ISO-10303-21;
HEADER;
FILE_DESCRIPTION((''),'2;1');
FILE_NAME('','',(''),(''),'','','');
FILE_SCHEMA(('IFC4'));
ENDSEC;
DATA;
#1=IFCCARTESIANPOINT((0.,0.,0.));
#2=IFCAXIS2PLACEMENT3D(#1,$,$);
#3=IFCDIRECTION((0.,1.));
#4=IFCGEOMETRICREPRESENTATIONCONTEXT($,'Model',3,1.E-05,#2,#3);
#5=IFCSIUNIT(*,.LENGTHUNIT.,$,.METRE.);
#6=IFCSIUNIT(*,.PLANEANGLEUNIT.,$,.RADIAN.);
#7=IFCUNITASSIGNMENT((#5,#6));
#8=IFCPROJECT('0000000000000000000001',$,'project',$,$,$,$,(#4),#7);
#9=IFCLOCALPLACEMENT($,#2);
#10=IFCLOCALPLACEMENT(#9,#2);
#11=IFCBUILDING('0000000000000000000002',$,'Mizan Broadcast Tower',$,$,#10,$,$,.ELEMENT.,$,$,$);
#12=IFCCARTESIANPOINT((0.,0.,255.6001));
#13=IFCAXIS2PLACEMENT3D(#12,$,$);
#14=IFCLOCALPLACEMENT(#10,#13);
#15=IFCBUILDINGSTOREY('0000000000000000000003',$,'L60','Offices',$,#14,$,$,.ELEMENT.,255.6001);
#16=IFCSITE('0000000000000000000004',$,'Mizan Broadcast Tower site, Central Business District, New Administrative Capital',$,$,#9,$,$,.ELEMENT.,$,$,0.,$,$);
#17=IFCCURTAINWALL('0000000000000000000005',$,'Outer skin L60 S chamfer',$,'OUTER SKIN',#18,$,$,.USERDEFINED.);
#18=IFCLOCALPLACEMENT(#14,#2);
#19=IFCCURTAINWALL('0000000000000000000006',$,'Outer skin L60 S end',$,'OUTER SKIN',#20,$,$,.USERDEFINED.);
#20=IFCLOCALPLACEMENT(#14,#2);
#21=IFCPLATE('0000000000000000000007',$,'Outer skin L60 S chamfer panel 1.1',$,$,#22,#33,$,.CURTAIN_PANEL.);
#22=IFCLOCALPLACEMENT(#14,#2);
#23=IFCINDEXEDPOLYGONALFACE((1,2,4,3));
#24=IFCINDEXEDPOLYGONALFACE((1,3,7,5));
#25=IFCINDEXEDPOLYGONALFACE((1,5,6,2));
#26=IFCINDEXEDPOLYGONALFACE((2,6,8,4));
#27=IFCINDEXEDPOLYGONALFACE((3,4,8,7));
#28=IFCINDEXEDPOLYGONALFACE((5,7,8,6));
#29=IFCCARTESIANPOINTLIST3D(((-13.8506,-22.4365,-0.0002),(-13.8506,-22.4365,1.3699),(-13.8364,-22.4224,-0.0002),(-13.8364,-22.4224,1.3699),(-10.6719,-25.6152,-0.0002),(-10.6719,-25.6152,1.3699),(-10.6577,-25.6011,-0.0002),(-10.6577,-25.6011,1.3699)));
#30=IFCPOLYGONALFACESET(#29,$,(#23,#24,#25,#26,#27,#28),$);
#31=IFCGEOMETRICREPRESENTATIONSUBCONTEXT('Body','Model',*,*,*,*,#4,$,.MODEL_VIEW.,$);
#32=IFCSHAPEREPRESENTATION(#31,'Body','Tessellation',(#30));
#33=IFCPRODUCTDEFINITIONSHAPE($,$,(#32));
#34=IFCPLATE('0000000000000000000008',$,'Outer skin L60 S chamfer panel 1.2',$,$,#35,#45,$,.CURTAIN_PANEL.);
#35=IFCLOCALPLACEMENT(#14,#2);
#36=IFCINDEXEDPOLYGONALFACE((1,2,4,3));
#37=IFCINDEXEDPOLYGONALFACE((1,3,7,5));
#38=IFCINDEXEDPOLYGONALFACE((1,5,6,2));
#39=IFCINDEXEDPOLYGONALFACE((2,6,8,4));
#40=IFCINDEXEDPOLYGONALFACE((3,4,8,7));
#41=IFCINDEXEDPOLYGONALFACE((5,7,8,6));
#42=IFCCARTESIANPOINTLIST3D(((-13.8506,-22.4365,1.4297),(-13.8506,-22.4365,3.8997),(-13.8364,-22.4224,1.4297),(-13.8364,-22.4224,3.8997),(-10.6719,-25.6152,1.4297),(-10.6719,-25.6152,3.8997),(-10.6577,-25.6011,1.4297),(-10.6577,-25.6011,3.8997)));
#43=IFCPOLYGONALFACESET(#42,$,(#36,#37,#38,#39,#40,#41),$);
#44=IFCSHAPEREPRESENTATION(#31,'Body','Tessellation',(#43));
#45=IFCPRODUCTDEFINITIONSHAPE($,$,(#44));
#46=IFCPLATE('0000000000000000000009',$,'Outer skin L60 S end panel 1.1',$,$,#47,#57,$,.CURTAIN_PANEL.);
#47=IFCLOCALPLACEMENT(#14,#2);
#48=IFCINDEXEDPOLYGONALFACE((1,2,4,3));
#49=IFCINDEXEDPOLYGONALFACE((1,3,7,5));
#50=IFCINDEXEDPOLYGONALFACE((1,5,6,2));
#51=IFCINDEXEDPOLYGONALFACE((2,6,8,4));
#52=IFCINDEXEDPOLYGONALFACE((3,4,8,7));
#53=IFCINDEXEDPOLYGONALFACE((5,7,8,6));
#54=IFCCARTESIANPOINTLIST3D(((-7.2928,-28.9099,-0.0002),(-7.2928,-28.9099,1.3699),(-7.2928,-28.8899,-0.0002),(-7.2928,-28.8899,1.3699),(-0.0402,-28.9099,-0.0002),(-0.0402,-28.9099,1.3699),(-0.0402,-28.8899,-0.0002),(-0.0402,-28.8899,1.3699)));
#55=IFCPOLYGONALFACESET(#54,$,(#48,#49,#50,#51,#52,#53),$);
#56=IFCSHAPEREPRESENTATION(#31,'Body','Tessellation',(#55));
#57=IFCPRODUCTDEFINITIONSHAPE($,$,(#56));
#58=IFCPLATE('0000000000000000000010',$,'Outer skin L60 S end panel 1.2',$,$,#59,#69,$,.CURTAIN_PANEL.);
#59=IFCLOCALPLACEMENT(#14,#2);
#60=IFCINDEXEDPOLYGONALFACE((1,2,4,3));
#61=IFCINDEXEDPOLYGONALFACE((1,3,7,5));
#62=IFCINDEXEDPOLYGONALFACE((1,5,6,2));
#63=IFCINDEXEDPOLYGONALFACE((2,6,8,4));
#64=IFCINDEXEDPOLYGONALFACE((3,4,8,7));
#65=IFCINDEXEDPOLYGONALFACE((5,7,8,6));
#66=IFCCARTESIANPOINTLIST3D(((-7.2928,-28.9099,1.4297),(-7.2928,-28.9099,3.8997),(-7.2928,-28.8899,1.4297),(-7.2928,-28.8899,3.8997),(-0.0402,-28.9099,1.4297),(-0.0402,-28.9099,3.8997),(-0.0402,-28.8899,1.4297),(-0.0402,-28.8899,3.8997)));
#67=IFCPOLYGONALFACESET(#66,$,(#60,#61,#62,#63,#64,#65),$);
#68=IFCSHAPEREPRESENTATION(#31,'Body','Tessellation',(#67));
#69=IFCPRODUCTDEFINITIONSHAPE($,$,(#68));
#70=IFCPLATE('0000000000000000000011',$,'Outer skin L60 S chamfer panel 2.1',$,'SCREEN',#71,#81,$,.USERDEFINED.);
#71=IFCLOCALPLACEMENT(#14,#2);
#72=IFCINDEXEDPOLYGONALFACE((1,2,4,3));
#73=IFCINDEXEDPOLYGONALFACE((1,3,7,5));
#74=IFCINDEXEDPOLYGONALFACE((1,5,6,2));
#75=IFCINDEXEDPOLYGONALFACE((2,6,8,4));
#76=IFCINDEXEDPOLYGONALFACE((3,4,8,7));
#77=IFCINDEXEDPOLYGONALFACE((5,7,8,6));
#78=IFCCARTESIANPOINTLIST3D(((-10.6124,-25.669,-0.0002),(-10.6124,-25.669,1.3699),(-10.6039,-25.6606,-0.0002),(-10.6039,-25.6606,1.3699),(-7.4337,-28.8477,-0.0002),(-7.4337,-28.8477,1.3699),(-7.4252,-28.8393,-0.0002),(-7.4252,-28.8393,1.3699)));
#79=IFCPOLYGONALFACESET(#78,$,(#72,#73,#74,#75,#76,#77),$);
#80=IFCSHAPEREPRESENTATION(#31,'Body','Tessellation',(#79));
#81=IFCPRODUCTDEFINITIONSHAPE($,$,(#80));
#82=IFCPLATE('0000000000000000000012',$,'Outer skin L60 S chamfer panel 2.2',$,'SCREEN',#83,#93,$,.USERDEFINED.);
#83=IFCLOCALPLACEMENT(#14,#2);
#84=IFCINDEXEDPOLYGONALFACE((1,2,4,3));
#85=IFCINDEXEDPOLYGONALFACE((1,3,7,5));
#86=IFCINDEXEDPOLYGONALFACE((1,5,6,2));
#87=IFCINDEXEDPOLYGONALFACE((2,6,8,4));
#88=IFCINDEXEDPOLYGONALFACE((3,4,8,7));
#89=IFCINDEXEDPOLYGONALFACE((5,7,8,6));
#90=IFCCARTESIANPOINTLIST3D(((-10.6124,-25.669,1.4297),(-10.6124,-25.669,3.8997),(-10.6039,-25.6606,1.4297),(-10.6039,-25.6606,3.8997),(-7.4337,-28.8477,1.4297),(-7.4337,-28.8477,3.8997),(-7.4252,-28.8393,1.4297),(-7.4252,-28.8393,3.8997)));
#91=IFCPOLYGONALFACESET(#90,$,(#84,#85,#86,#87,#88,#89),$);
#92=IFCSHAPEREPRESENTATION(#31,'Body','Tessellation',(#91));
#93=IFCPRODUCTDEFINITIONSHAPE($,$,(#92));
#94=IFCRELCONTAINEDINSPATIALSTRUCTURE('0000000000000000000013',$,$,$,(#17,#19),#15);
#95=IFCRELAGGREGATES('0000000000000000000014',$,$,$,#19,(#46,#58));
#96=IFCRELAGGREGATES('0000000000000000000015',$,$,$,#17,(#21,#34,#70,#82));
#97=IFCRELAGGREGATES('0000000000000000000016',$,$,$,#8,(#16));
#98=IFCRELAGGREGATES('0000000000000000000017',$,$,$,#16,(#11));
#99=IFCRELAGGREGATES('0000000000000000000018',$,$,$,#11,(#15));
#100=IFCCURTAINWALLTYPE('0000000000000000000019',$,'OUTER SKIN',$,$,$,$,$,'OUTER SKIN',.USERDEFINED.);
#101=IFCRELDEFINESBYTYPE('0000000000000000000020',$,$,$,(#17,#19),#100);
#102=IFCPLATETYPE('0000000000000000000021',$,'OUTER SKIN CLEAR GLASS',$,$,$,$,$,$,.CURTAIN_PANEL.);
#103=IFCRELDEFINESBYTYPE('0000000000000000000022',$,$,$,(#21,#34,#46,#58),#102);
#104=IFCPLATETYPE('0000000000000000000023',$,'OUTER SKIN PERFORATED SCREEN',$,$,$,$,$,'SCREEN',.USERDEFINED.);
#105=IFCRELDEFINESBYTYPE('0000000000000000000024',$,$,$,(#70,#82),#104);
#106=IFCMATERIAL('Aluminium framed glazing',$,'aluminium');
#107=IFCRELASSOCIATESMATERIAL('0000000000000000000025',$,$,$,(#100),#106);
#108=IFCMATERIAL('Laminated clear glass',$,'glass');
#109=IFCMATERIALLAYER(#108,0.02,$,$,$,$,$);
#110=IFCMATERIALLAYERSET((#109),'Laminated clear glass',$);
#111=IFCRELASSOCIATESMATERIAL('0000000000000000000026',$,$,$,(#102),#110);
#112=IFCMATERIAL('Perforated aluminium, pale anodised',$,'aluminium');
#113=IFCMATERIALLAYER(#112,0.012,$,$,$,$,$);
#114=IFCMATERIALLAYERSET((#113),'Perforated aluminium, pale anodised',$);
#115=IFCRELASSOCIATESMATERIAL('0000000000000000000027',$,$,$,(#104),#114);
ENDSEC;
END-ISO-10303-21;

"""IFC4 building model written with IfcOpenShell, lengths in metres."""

from ifc_helpers import new_model, si_unit, direction, frame, origin, origin_2d, place, context, subcontext, project, spatial, rectangle, extrude, material, layer, layer_set, type_object, element, aggregate, save


model = new_model("IFC4")

# Units and contexts
model_context = context("Model", 3, precision=1e-05, world=origin(), true_north=direction((0.0, 1.0)))
body_context = subcontext(model_context, "Body", "Model", "MODEL_VIEW")
ifc_project = project(units=[si_unit("LENGTHUNIT", "METRE"), si_unit("PLANEANGLEUNIT", "RADIAN")], contexts=[model_context])

# Site, building, storey
site_placement = place(None, origin())
site = spatial("IfcSite", under=ifc_project, at=site_placement, Name="Mizan Broadcast Tower site, Central Business District, New Administrative Capital", CompositionType="ELEMENT", RefElevation=0.0)
building_placement = place(site_placement, origin())
building = spatial("IfcBuilding", under=site, at=building_placement, Name="Mizan Broadcast Tower", CompositionType="ELEMENT")
storey_placement = place(building_placement, frame((0.0, 0.0, 255.6001)))
storey = spatial("IfcBuildingStorey", under=building, at=storey_placement, Name="L60", Description="Offices", CompositionType="ELEMENT", Elevation=255.6001)

# Curtain wall
ifc_material_1 = material(Name="Aluminium framed glazing", Category="aluminium")
curtain_wall_type_1 = type_object("IfcCurtainWallType", Name="OUTER SKIN", ElementType="OUTER SKIN", PredefinedType="USERDEFINED", material=ifc_material_1)
curtain_wall_1_placement = place(storey_placement, origin())
curtain_wall_1 = element("IfcCurtainWall", 1, at=curtain_wall_1_placement, inside=storey, type_object=curtain_wall_type_1, Name="Outer skin L60 S chamfer", ObjectType="OUTER SKIN", PredefinedType="USERDEFINED")

# Curtain wall
curtain_wall_2_placement = place(storey_placement, origin())
curtain_wall_2 = element("IfcCurtainWall", 2, at=curtain_wall_2_placement, inside=storey, type_object=curtain_wall_type_1, Name="Outer skin L60 S end", ObjectType="OUTER SKIN", PredefinedType="USERDEFINED")

# Plates
ifc_material_2 = material(Name="Laminated clear glass", Category="glass")
ifc_layer_1 = layer(ifc_material_2, 0.02)
ifc_layer_set_1 = layer_set([ifc_layer_1], Name="Laminated clear glass")
plate_type_1 = type_object("IfcPlateType", Name="OUTER SKIN CLEAR GLASS", PredefinedType="CURTAIN_PANEL", material=ifc_layer_set_1)
plate_1_placement = place(storey_placement, frame((-12.2542, -24.0188, -0.0002), z_axis=(0.0, 0.0, 1.0), x_axis=(0.707107, -0.707107, 0.0)))
plate_1 = element("IfcPlate", 3, at=plate_1_placement, type_object=plate_type_1, Name="Outer skin L60 S chamfer panel 1.1", PredefinedType="CURTAIN_PANEL", context=body_context, shape_type="SweptSolid", body=[
    extrude(rectangle(XDim=4.4954, YDim=0.02, at=origin_2d()), origin(), (0.0, 0.0, 1.0), 1.3701),
])
plate_2_placement = place(storey_placement, frame((-12.2542, -24.0188, 1.4297), z_axis=(0.0, 0.0, 1.0), x_axis=(0.707107, -0.707107, 0.0)))
plate_2 = element("IfcPlate", 4, at=plate_2_placement, type_object=plate_type_1, Name="Outer skin L60 S chamfer panel 1.2", PredefinedType="CURTAIN_PANEL", context=body_context, shape_type="SweptSolid", body=[
    extrude(rectangle(XDim=4.4954, YDim=0.02, at=origin_2d()), origin(), (0.0, 0.0, 1.0), 2.47),
])
plate_3_placement = place(storey_placement, frame((-3.6665, -28.8999, -0.0002), z_axis=(0.0, 0.0, 1.0), x_axis=(1.0, 0.0, 0.0)))
plate_3 = element("IfcPlate", 5, at=plate_3_placement, type_object=plate_type_1, Name="Outer skin L60 S end panel 1.1", PredefinedType="CURTAIN_PANEL", context=body_context, shape_type="SweptSolid", body=[
    extrude(rectangle(XDim=7.2527, YDim=0.02, at=origin_2d()), origin(), (0.0, 0.0, 1.0), 1.3701),
])
plate_4_placement = place(storey_placement, frame((-3.6665, -28.8999, 1.4297), z_axis=(0.0, 0.0, 1.0), x_axis=(1.0, 0.0, 0.0)))
plate_4 = element("IfcPlate", 6, at=plate_4_placement, type_object=plate_type_1, Name="Outer skin L60 S end panel 1.2", PredefinedType="CURTAIN_PANEL", context=body_context, shape_type="SweptSolid", body=[
    extrude(rectangle(XDim=7.2527, YDim=0.02, at=origin_2d()), origin(), (0.0, 0.0, 1.0), 2.47),
])
aggregate(curtain_wall_2, [plate_3, plate_4])
ifc_material_3 = material(Name="Perforated aluminium, pale anodised", Category="aluminium")
ifc_layer_2 = layer(ifc_material_3, 0.012)
ifc_layer_set_2 = layer_set([ifc_layer_2], Name="Perforated aluminium, pale anodised")
plate_type_2 = type_object("IfcPlateType", Name="OUTER SKIN PERFORATED SCREEN", ElementType="SCREEN", PredefinedType="USERDEFINED", material=ifc_layer_set_2)
plate_5_placement = place(storey_placement, frame((-9.0188, -27.2542, -0.0002), z_axis=(0.0, 0.0, 1.0), x_axis=(0.707107, -0.707107, 0.0)))
plate_5 = element("IfcPlate", 7, at=plate_5_placement, type_object=plate_type_2, Name="Outer skin L60 S chamfer panel 2.1", ObjectType="SCREEN", PredefinedType="USERDEFINED", context=body_context, shape_type="SweptSolid", body=[
    extrude(rectangle(XDim=4.4954, YDim=0.012, at=origin_2d()), origin(), (0.0, 0.0, 1.0), 1.3701),
])
plate_6_placement = place(storey_placement, frame((-9.0188, -27.2542, 1.4297), z_axis=(0.0, 0.0, 1.0), x_axis=(0.707107, -0.707107, 0.0)))
plate_6 = element("IfcPlate", 8, at=plate_6_placement, type_object=plate_type_2, Name="Outer skin L60 S chamfer panel 2.2", ObjectType="SCREEN", PredefinedType="USERDEFINED", context=body_context, shape_type="SweptSolid", body=[
    extrude(rectangle(XDim=4.4954, YDim=0.012, at=origin_2d()), origin(), (0.0, 0.0, 1.0), 2.47),
])
aggregate(curtain_wall_1, [plate_1, plate_2, plate_5, plate_6])

save(model, "model.ifc")
